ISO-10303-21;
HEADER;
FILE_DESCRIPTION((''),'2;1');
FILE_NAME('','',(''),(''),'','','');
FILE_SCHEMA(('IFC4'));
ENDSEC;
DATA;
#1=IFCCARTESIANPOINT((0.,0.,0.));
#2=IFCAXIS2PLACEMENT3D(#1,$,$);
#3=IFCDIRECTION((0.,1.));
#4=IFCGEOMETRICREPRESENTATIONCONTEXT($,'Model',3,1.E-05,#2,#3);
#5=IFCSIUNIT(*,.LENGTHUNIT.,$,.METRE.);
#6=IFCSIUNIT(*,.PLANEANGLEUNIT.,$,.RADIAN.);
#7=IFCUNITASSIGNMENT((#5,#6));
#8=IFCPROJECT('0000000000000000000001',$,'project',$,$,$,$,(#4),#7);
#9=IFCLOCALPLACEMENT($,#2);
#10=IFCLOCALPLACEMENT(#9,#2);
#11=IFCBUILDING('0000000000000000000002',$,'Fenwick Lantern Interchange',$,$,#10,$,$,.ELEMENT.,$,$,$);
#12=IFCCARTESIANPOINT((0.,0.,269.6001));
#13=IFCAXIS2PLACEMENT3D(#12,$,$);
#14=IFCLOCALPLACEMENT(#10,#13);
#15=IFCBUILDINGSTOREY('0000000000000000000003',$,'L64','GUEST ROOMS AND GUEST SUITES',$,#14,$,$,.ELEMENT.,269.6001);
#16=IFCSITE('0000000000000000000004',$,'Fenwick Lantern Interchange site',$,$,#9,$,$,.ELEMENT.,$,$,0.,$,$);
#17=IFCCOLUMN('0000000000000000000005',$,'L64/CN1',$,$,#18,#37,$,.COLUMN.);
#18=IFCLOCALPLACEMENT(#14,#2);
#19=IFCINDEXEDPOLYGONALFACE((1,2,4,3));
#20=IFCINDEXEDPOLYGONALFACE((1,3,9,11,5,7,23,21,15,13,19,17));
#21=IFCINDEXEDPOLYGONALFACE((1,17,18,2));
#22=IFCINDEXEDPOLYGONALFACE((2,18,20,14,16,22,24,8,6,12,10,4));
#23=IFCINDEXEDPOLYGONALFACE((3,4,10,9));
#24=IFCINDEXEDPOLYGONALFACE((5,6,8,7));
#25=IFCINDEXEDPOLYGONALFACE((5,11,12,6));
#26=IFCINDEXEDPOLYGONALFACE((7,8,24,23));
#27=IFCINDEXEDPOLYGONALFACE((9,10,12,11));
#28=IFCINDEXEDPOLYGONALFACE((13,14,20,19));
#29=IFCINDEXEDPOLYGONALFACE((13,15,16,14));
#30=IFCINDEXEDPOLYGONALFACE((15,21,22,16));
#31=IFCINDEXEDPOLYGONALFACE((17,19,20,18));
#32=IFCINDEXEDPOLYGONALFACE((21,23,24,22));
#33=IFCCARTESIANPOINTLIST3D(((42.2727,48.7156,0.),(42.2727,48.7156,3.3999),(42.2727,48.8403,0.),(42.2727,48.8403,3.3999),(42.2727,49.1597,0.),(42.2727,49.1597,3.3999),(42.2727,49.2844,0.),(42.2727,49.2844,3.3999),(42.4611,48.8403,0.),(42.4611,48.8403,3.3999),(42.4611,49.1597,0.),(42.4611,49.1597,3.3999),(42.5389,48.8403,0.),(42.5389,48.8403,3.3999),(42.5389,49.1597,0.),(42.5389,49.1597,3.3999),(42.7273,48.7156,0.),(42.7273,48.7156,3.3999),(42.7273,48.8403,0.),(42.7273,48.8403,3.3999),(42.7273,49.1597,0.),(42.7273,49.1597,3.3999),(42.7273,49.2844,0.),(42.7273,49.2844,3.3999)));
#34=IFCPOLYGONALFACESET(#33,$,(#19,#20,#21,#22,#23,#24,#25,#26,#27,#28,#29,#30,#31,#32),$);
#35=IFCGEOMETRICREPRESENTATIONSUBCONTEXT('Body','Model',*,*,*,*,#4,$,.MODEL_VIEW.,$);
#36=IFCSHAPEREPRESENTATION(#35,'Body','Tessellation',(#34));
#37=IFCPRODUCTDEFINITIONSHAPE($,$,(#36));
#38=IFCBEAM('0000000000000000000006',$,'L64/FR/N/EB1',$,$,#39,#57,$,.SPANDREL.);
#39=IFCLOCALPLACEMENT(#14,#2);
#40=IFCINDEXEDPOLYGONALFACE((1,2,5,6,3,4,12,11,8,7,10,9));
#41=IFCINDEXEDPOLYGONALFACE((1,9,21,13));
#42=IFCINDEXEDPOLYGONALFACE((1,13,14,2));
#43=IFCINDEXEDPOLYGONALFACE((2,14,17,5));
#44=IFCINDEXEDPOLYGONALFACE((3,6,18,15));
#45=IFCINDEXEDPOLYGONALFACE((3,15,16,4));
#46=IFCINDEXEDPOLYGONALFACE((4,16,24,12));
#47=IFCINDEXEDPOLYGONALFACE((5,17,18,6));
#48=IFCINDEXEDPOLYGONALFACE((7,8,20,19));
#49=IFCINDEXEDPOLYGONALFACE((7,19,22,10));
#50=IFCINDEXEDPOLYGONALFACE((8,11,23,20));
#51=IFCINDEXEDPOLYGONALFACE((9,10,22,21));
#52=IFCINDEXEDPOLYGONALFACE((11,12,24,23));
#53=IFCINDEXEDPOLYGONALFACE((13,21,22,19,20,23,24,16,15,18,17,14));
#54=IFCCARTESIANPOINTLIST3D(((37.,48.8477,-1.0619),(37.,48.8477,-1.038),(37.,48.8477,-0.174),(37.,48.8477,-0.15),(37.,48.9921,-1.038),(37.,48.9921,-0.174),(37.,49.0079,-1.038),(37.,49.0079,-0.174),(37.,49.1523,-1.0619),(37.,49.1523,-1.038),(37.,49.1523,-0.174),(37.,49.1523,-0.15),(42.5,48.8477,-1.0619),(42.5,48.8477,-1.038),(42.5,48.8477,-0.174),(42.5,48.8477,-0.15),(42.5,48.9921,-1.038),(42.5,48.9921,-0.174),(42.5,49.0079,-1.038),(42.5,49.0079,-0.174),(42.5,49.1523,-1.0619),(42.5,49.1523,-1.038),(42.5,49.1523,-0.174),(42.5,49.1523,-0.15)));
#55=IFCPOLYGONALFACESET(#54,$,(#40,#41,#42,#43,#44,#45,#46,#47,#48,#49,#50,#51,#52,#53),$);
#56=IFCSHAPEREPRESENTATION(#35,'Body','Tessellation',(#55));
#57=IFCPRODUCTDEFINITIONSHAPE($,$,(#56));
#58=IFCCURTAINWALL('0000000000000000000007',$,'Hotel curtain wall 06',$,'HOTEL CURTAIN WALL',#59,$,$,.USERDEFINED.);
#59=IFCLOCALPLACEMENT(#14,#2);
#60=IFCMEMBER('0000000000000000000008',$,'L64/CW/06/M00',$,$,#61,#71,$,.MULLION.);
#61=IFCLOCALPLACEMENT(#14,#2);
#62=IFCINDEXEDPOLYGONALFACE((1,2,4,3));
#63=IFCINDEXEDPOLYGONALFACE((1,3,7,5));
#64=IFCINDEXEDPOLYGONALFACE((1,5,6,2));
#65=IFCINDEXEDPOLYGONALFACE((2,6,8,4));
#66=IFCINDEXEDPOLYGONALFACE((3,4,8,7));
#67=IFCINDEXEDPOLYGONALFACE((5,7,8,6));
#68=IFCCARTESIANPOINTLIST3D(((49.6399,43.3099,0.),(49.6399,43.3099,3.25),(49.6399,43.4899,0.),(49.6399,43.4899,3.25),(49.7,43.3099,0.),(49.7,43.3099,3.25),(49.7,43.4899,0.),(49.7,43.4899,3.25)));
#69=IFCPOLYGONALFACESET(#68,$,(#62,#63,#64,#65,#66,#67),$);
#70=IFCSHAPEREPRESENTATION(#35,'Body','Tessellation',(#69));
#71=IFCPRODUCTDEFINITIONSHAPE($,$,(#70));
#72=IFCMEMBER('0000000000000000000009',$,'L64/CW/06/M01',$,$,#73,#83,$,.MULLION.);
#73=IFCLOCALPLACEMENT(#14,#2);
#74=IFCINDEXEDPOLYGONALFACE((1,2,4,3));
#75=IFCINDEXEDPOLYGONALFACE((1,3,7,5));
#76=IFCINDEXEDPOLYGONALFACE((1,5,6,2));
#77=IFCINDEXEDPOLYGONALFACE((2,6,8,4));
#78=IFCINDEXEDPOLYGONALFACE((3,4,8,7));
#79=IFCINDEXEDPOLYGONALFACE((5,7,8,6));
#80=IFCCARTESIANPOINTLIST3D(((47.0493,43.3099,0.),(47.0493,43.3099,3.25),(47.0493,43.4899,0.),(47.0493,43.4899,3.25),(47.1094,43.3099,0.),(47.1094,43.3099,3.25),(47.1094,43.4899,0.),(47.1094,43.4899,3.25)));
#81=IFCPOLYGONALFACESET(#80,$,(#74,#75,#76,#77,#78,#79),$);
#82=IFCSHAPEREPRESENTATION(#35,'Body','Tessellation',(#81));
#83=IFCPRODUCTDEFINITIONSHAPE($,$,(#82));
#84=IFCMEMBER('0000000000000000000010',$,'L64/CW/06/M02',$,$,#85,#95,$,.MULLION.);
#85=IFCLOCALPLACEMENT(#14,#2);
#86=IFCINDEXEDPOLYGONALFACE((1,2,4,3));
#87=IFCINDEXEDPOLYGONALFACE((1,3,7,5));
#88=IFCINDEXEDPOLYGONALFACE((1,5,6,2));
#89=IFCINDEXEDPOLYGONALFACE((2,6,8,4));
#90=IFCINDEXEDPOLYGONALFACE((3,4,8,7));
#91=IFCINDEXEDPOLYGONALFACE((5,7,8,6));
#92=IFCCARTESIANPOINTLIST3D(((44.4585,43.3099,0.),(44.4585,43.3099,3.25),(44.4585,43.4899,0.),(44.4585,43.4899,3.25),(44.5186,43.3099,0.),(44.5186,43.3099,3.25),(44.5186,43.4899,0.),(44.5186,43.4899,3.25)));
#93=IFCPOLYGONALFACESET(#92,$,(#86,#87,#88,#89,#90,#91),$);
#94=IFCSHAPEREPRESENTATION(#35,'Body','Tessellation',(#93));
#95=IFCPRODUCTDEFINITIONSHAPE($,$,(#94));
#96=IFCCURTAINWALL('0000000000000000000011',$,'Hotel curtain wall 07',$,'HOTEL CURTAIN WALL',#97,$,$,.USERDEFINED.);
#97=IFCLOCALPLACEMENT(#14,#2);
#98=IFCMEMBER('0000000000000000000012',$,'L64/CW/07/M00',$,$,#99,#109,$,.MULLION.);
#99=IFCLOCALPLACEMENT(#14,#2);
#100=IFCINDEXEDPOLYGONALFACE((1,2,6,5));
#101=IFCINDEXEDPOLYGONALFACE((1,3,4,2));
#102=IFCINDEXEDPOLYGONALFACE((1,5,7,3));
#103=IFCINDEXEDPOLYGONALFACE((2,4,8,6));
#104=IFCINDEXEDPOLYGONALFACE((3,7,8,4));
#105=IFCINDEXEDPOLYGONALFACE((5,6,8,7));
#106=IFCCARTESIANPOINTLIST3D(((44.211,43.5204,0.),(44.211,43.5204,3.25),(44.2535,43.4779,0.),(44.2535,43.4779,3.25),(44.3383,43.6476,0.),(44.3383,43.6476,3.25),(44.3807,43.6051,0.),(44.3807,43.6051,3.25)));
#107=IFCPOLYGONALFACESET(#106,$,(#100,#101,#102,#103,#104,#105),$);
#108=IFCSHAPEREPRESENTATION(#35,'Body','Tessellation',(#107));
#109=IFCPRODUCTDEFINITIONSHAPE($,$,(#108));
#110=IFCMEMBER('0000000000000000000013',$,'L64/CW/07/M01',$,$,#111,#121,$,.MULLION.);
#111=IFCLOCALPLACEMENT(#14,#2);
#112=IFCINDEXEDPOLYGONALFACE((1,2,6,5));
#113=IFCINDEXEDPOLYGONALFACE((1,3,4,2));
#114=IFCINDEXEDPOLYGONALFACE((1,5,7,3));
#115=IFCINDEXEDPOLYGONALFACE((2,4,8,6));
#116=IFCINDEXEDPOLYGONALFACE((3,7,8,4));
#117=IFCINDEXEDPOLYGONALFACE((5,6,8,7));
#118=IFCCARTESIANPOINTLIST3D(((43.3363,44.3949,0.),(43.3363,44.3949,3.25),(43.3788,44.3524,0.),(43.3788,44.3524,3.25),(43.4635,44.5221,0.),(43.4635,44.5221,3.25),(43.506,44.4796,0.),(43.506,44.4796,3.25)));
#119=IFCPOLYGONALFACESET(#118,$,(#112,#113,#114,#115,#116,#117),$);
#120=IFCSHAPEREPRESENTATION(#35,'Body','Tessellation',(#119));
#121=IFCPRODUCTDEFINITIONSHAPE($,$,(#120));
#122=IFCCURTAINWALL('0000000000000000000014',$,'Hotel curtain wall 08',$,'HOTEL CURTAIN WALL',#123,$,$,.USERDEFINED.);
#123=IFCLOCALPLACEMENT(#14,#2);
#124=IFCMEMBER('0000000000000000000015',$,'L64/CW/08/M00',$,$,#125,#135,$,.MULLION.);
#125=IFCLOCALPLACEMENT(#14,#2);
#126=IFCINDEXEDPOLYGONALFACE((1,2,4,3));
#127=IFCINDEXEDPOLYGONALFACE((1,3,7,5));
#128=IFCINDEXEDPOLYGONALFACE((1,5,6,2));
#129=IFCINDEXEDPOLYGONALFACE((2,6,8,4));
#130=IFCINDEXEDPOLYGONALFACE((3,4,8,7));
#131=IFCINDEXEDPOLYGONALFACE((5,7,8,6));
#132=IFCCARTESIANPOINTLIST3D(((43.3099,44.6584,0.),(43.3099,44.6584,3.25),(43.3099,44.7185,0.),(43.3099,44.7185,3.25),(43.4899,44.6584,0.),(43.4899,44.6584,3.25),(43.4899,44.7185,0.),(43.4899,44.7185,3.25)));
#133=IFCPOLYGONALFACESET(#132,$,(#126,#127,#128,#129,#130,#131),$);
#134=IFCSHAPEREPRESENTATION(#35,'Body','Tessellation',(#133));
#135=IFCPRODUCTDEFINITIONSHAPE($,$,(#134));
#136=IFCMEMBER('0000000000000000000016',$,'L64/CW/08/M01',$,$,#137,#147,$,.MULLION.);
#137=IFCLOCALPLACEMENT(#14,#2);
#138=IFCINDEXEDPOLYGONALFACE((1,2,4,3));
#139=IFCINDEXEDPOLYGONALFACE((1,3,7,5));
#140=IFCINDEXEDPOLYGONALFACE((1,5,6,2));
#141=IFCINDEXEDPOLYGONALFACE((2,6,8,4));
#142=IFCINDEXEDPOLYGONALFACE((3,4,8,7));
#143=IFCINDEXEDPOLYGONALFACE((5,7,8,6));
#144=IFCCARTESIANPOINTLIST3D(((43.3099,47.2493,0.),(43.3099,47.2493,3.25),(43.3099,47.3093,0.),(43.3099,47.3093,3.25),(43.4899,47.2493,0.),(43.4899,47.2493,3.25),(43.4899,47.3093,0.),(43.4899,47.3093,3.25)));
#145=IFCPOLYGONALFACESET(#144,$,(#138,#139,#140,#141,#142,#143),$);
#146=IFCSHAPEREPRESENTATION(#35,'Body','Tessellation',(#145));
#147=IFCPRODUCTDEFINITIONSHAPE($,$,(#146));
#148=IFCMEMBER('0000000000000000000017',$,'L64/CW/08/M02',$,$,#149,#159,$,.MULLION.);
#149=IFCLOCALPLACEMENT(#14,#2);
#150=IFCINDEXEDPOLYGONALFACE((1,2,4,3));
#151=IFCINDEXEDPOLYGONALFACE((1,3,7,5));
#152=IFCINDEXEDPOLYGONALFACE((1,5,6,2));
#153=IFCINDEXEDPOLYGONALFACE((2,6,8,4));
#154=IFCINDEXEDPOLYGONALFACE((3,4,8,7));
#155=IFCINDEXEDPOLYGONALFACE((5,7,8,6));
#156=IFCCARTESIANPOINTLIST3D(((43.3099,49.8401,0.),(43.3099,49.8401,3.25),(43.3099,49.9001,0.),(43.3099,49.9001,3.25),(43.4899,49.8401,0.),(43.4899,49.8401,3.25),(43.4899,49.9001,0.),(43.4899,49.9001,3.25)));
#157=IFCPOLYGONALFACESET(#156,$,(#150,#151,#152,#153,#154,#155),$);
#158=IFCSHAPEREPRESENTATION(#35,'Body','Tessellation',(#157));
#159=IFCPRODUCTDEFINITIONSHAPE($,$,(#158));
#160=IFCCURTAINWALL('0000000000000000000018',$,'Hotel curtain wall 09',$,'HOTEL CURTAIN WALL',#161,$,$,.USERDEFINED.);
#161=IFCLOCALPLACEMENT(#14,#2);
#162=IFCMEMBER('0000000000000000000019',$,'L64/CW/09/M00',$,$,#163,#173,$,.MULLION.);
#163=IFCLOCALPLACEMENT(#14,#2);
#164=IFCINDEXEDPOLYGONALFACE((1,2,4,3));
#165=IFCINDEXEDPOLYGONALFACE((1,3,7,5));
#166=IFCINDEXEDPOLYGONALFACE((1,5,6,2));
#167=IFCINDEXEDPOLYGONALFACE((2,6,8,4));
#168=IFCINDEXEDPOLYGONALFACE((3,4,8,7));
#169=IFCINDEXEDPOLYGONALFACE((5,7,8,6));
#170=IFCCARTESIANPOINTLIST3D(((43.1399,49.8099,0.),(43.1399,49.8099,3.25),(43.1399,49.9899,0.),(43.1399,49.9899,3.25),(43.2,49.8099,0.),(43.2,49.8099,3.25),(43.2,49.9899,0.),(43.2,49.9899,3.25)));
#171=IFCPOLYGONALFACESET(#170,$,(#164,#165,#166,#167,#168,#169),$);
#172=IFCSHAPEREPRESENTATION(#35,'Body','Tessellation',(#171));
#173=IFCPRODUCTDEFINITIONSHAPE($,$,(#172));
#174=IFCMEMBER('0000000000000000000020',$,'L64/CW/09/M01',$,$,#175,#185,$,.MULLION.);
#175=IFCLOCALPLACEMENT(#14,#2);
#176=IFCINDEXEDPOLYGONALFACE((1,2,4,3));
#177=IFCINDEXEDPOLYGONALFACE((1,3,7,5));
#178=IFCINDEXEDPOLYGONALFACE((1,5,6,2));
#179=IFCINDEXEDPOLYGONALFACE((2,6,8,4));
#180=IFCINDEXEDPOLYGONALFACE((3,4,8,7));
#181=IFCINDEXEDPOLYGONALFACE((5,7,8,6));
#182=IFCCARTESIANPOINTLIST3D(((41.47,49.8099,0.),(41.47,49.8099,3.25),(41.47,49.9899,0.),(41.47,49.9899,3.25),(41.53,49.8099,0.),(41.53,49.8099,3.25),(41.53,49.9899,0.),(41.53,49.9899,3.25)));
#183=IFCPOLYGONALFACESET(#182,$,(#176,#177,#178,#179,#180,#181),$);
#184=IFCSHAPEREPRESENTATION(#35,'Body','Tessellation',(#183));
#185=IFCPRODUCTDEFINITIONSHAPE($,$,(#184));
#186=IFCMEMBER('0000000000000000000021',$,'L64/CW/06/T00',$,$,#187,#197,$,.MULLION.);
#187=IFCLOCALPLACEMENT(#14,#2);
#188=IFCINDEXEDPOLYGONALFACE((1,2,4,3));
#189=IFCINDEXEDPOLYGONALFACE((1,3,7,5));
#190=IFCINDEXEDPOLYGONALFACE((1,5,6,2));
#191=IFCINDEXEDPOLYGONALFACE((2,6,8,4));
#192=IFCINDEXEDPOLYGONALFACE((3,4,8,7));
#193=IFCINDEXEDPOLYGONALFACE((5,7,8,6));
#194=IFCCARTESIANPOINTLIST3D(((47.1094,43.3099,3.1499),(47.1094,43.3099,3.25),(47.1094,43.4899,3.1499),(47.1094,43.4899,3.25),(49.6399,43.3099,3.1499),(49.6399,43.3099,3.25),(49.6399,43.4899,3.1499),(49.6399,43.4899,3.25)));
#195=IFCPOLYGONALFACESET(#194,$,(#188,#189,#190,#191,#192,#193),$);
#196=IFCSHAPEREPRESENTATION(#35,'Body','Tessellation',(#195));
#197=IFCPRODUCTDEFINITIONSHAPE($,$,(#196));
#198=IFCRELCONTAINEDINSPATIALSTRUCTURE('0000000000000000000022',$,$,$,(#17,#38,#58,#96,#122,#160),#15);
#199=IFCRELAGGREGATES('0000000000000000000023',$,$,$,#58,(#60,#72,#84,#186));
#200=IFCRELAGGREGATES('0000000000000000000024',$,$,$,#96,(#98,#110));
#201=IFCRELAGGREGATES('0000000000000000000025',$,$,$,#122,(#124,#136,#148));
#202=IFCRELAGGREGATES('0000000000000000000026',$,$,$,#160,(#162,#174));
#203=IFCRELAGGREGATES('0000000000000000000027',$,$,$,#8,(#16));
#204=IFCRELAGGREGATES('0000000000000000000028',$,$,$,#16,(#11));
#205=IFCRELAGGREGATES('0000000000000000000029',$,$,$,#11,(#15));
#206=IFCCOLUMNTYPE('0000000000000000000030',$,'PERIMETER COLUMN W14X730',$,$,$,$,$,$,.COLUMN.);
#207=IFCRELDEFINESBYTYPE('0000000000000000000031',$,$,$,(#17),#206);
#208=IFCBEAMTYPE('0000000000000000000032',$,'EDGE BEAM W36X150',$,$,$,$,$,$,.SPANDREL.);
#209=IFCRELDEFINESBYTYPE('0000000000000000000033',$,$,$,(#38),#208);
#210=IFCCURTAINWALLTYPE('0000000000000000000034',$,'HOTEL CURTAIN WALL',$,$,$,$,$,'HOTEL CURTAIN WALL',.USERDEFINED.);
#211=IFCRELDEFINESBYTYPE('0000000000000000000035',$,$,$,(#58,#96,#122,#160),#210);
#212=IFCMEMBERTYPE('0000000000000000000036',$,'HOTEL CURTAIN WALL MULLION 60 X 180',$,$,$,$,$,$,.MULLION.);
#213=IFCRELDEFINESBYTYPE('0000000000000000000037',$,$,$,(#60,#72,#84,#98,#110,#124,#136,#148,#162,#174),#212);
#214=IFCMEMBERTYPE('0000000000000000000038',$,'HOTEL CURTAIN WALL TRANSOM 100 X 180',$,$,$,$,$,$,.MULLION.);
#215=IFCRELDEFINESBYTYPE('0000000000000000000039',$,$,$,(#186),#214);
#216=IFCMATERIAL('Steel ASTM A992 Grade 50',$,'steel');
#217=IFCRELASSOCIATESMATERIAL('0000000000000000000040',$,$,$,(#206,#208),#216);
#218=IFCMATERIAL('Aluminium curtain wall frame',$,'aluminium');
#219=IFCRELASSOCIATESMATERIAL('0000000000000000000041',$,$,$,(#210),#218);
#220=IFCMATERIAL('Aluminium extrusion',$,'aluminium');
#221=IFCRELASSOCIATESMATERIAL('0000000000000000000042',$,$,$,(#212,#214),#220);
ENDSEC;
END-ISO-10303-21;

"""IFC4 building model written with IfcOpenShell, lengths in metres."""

from ifc_helpers import new_model, si_unit, direction, frame, origin, origin_2d, place, context, subcontext, project, spatial, rectangle, i_section, extrude, material, material_profile, profile_set, type_object, element, aggregate, save


model = new_model("IFC4")

# Units and contexts
model_context = context("Model", 3, precision=1e-05, world=origin(), true_north=direction((0.0, 1.0)))
body_context = subcontext(model_context, "Body", "Model", "MODEL_VIEW")
ifc_project = project(units=[si_unit("LENGTHUNIT", "METRE"), si_unit("PLANEANGLEUNIT", "RADIAN")], contexts=[model_context])

# Site, building, storey
site_placement = place(None, origin())
site = spatial("IfcSite", under=ifc_project, at=site_placement, Name="Fenwick Lantern Interchange site", CompositionType="ELEMENT", RefElevation=0.0)
building_placement = place(site_placement, origin())
building = spatial("IfcBuilding", under=site, at=building_placement, Name="Fenwick Lantern Interchange", CompositionType="ELEMENT")
storey_placement = place(building_placement, frame((0.0, 0.0, 269.6001)))
storey = spatial("IfcBuildingStorey", under=building, at=storey_placement, Name="L64", Description="GUEST ROOMS AND GUEST SUITES", CompositionType="ELEMENT", Elevation=269.6001)

# Column
ifc_material_1 = material(Name="Steel ASTM A992 Grade 50", Category="steel")
ifc_material_profile_1 = material_profile(ifc_material_1, i_section(OverallWidth=0.4546, OverallDepth=0.5688, WebThickness=0.0779, FlangeThickness=0.1248, at=origin_2d()), Name="W14X730")
ifc_profile_set_1 = profile_set([ifc_material_profile_1], Name="Steel ASTM A992 Grade 50")
column_type = type_object("IfcColumnType", Name="PERIMETER COLUMN W14X730", PredefinedType="COLUMN", material=ifc_profile_set_1)
column_placement = place(storey_placement, frame((42.5, 49.0, 0.0), z_axis=(0.0, 0.0, 1.0), x_axis=(1.0, 0.0, 0.0)))
element("IfcColumn", 1, at=column_placement, inside=storey, type_object=column_type, Name="L64/CN1", PredefinedType="COLUMN", context=body_context, shape_type="SweptSolid", body=[
    extrude(i_section(OverallWidth=0.4546, OverallDepth=0.5688, WebThickness=0.0779, FlangeThickness=0.1248, at=origin_2d()), origin(), (0.0, 0.0, 1.0), 3.3999),
])

# Beam
ifc_material_profile_2 = material_profile(ifc_material_1, i_section(OverallWidth=0.3047, OverallDepth=0.9119, WebThickness=0.0159, FlangeThickness=0.0239, at=origin_2d()), Name="W36X150")
ifc_profile_set_2 = profile_set([ifc_material_profile_2], Name="Steel ASTM A992 Grade 50")
beam_type = type_object("IfcBeamType", Name="EDGE BEAM W36X150", PredefinedType="SPANDREL", material=ifc_profile_set_2)
beam_placement = place(storey_placement, frame((42.5, 49.0, -0.606), z_axis=(-1.0, 0.0, 0.0), x_axis=(0.0, -1.0, 0.0)))
element("IfcBeam", 2, at=beam_placement, inside=storey, type_object=beam_type, Name="L64/FR/N/EB1", PredefinedType="SPANDREL", context=body_context, shape_type="SweptSolid", body=[
    extrude(i_section(OverallWidth=0.3047, OverallDepth=0.9119, WebThickness=0.0159, FlangeThickness=0.0239, at=origin_2d()), origin(), (0.0, 0.0, 1.0), 5.5),
])

# Curtain walls, members
ifc_material_2 = material(Name="Aluminium curtain wall frame", Category="aluminium")
curtain_wall_type = type_object("IfcCurtainWallType", Name="HOTEL CURTAIN WALL", ElementType="HOTEL CURTAIN WALL", PredefinedType="USERDEFINED", material=ifc_material_2)
curtain_wall_1_placement = place(storey_placement, origin())
curtain_wall_1 = element("IfcCurtainWall", 3, at=curtain_wall_1_placement, inside=storey, type_object=curtain_wall_type, Name="Hotel curtain wall 06", ObjectType="HOTEL CURTAIN WALL", PredefinedType="USERDEFINED")
ifc_material_3 = material(Name="Aluminium extrusion", Category="aluminium")
ifc_material_profile_3 = material_profile(ifc_material_3, rectangle(XDim=0.1799, YDim=0.0601, at=origin_2d()), Name="HOTEL CURTAIN WALL MULLION 60 X 180")
ifc_profile_set_3 = profile_set([ifc_material_profile_3], Name="Aluminium extrusion")
member_type_1 = type_object("IfcMemberType", Name="HOTEL CURTAIN WALL MULLION 60 X 180", PredefinedType="MULLION", material=ifc_profile_set_3)
member_1_placement = place(storey_placement, frame((49.6699, 43.3999, 0.0), z_axis=(0.0, 0.0, 1.0), x_axis=(0.0, -1.0, 0.0)))
member_1 = element("IfcMember", 4, at=member_1_placement, type_object=member_type_1, Name="L64/CW/06/M00", PredefinedType="MULLION", context=body_context, shape_type="SweptSolid", body=[
    extrude(rectangle(XDim=0.1799, YDim=0.0601, at=origin_2d()), origin(), (0.0, 0.0, 1.0), 3.25),
])
member_2_placement = place(storey_placement, frame((47.0793, 43.3999, 0.0), z_axis=(0.0, 0.0, 1.0), x_axis=(0.0, -1.0, 0.0)))
member_2 = element("IfcMember", 5, at=member_2_placement, type_object=member_type_1, Name="L64/CW/06/M01", PredefinedType="MULLION", context=body_context, shape_type="SweptSolid", body=[
    extrude(rectangle(XDim=0.1799, YDim=0.0601, at=origin_2d()), origin(), (0.0, 0.0, 1.0), 3.25),
])
member_3_placement = place(storey_placement, frame((44.4885, 43.3999, 0.0), z_axis=(0.0, 0.0, 1.0), x_axis=(0.0, -1.0, 0.0)))
member_3 = element("IfcMember", 6, at=member_3_placement, type_object=member_type_1, Name="L64/CW/06/M02", PredefinedType="MULLION", context=body_context, shape_type="SweptSolid", body=[
    extrude(rectangle(XDim=0.1799, YDim=0.0601, at=origin_2d()), origin(), (0.0, 0.0, 1.0), 3.25),
])
curtain_wall_2_placement = place(storey_placement, origin())
curtain_wall_2 = element("IfcCurtainWall", 7, at=curtain_wall_2_placement, inside=storey, type_object=curtain_wall_type, Name="Hotel curtain wall 07", ObjectType="HOTEL CURTAIN WALL", PredefinedType="USERDEFINED")
member_4_placement = place(storey_placement, frame((44.2959, 43.5627, 0.0), z_axis=(0.0, 0.0, 1.0), x_axis=(-0.707107, -0.707107, 0.0)))
member_4 = element("IfcMember", 8, at=member_4_placement, type_object=member_type_1, Name="L64/CW/07/M00", PredefinedType="MULLION", context=body_context, shape_type="SweptSolid", body=[
    extrude(rectangle(XDim=0.1799, YDim=0.0601, at=origin_2d()), origin(), (0.0, 0.0, 1.0), 3.25),
])
member_5_placement = place(storey_placement, frame((43.4211, 44.4373, 0.0), z_axis=(0.0, 0.0, 1.0), x_axis=(-0.707107, -0.707107, 0.0)))
member_5 = element("IfcMember", 9, at=member_5_placement, type_object=member_type_1, Name="L64/CW/07/M01", PredefinedType="MULLION", context=body_context, shape_type="SweptSolid", body=[
    extrude(rectangle(XDim=0.1799, YDim=0.0601, at=origin_2d()), origin(), (0.0, 0.0, 1.0), 3.25),
])
curtain_wall_3_placement = place(storey_placement, origin())
curtain_wall_3 = element("IfcCurtainWall", 10, at=curtain_wall_3_placement, inside=storey, type_object=curtain_wall_type, Name="Hotel curtain wall 08", ObjectType="HOTEL CURTAIN WALL", PredefinedType="USERDEFINED")
member_6_placement = place(storey_placement, frame((43.3999, 44.6885, 0.0), z_axis=(0.0, 0.0, 1.0), x_axis=(-1.0, 0.0, 0.0)))
member_6 = element("IfcMember", 11, at=member_6_placement, type_object=member_type_1, Name="L64/CW/08/M00", PredefinedType="MULLION", context=body_context, shape_type="SweptSolid", body=[
    extrude(rectangle(XDim=0.1799, YDim=0.0601, at=origin_2d()), origin(), (0.0, 0.0, 1.0), 3.25),
])
member_7_placement = place(storey_placement, frame((43.3999, 47.2793, 0.0), z_axis=(0.0, 0.0, 1.0), x_axis=(-1.0, 0.0, 0.0)))
member_7 = element("IfcMember", 12, at=member_7_placement, type_object=member_type_1, Name="L64/CW/08/M01", PredefinedType="MULLION", context=body_context, shape_type="SweptSolid", body=[
    extrude(rectangle(XDim=0.1799, YDim=0.0601, at=origin_2d()), origin(), (0.0, 0.0, 1.0), 3.25),
])
member_8_placement = place(storey_placement, frame((43.3999, 49.8701, 0.0), z_axis=(0.0, 0.0, 1.0), x_axis=(-1.0, 0.0, 0.0)))
member_8 = element("IfcMember", 13, at=member_8_placement, type_object=member_type_1, Name="L64/CW/08/M02", PredefinedType="MULLION", context=body_context, shape_type="SweptSolid", body=[
    extrude(rectangle(XDim=0.1799, YDim=0.0601, at=origin_2d()), origin(), (0.0, 0.0, 1.0), 3.25),
])
curtain_wall_4_placement = place(storey_placement, origin())
curtain_wall_4 = element("IfcCurtainWall", 14, at=curtain_wall_4_placement, inside=storey, type_object=curtain_wall_type, Name="Hotel curtain wall 09", ObjectType="HOTEL CURTAIN WALL", PredefinedType="USERDEFINED")
member_9_placement = place(storey_placement, frame((43.1699, 49.8999, 0.0), z_axis=(0.0, 0.0, 1.0), x_axis=(0.0, -1.0, 0.0)))
member_9 = element("IfcMember", 15, at=member_9_placement, type_object=member_type_1, Name="L64/CW/09/M00", PredefinedType="MULLION", context=body_context, shape_type="SweptSolid", body=[
    extrude(rectangle(XDim=0.1799, YDim=0.0601, at=origin_2d()), origin(), (0.0, 0.0, 1.0), 3.25),
])
member_10_placement = place(storey_placement, frame((41.5, 49.8999, 0.0), z_axis=(0.0, 0.0, 1.0), x_axis=(0.0, -1.0, 0.0)))
member_10 = element("IfcMember", 16, at=member_10_placement, type_object=member_type_1, Name="L64/CW/09/M01", PredefinedType="MULLION", context=body_context, shape_type="SweptSolid", body=[
    extrude(rectangle(XDim=0.1799, YDim=0.0601, at=origin_2d()), origin(), (0.0, 0.0, 1.0), 3.25),
])

# Member
ifc_material_profile_4 = material_profile(ifc_material_3, rectangle(XDim=0.1799, YDim=0.1001, at=origin_2d()), Name="HOTEL CURTAIN WALL TRANSOM 100 X 180")
ifc_profile_set_4 = profile_set([ifc_material_profile_4], Name="Aluminium extrusion")
member_type_2 = type_object("IfcMemberType", Name="HOTEL CURTAIN WALL TRANSOM 100 X 180", PredefinedType="MULLION", material=ifc_profile_set_4)
member_11_placement = place(storey_placement, frame((49.6399, 43.3999, 3.2), z_axis=(-1.0, 0.0, 0.0), x_axis=(0.0, -1.0, 0.0)))
member_11 = element("IfcMember", 17, at=member_11_placement, type_object=member_type_2, Name="L64/CW/06/T00", PredefinedType="MULLION", context=body_context, shape_type="SweptSolid", body=[
    extrude(rectangle(XDim=0.1799, YDim=0.1001, at=origin_2d()), origin(), (0.0, 0.0, 1.0), 2.5305),
])

aggregate(curtain_wall_1, [member_1, member_2, member_3, member_11])
aggregate(curtain_wall_2, [member_4, member_5])
aggregate(curtain_wall_3, [member_6, member_7, member_8])
aggregate(curtain_wall_4, [member_9, member_10])

save(model, "model.ifc")
